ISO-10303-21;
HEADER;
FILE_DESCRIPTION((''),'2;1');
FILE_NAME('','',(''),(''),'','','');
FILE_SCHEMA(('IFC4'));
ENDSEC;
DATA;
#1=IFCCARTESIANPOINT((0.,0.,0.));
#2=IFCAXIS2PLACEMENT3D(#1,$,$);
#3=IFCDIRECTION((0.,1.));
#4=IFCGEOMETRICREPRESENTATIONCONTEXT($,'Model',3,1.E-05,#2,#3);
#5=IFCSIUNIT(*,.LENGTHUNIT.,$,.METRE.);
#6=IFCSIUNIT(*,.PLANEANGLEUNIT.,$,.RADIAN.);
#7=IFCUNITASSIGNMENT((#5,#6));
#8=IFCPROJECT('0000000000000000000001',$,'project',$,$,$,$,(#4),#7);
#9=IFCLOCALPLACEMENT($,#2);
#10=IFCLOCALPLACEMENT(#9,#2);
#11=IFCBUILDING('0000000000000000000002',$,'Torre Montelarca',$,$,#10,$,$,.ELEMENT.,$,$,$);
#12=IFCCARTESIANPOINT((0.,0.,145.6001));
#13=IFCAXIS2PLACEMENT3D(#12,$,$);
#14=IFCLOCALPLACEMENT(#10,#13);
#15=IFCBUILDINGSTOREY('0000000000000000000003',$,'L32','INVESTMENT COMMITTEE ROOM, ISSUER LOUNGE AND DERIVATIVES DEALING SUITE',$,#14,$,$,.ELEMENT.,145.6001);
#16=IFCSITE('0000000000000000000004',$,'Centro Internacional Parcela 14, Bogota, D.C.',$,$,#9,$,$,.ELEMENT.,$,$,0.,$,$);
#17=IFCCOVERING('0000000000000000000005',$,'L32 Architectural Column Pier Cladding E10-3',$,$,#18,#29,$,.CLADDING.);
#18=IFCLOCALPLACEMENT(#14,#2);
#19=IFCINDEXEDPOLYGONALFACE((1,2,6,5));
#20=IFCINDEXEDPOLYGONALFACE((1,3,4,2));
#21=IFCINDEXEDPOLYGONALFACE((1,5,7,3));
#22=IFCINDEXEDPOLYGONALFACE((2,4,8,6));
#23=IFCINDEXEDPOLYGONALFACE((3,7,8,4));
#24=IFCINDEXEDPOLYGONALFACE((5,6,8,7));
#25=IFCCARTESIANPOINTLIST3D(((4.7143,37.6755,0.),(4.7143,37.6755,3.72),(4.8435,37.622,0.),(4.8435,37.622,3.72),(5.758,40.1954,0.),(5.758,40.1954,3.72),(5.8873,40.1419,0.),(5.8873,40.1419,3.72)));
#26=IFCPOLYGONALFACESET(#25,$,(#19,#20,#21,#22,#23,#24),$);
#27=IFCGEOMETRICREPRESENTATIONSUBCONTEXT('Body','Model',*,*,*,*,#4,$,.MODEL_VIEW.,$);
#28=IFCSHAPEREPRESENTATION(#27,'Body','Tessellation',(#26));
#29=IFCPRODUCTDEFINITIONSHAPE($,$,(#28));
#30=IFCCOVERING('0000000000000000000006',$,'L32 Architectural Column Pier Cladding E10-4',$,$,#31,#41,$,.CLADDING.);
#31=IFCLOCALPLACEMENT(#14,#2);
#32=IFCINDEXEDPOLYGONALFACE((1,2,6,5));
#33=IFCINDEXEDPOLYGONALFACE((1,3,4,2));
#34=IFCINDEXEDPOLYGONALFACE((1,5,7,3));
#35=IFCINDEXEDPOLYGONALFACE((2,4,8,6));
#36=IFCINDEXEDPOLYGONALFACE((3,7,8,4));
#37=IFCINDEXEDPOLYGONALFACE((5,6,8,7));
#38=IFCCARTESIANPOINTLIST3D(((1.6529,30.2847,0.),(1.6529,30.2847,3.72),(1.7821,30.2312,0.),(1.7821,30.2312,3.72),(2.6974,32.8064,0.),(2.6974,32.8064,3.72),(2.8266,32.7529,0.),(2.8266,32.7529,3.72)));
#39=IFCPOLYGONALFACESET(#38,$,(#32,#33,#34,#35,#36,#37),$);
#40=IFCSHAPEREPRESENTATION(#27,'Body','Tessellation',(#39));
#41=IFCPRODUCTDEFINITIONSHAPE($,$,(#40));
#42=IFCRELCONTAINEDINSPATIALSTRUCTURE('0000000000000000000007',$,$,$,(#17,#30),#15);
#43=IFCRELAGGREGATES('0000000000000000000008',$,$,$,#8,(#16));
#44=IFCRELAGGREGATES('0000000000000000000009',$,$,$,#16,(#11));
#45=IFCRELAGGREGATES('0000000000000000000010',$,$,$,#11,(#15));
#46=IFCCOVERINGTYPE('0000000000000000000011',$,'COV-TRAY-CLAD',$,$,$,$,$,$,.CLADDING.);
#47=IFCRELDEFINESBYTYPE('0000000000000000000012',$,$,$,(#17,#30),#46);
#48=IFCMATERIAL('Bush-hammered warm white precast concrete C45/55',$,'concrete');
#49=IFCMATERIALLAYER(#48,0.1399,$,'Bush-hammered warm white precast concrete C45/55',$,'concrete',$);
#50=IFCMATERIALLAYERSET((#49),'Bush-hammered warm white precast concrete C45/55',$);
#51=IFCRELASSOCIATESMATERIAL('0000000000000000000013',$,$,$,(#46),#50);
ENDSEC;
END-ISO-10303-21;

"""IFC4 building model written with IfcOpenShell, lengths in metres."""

from ifc_helpers import new_model, si_unit, direction, frame, origin, origin_2d, place, context, subcontext, project, spatial, rectangle, extrude, source, transform, mapped, material, layer, layer_set, type_object, element, save


model = new_model("IFC4")

# Units and contexts
model_context = context("Model", 3, precision=1e-05, world=origin(), true_north=direction((0.0, 1.0)))
body_context = subcontext(model_context, "Body", "Model", "MODEL_VIEW")
ifc_project = project(units=[si_unit("LENGTHUNIT", "METRE"), si_unit("PLANEANGLEUNIT", "RADIAN")], contexts=[model_context])

# Site, building, storey
site_placement = place(None, origin())
site = spatial("IfcSite", under=ifc_project, at=site_placement, Name="Centro Internacional Parcela 14, Bogota, D.C.", CompositionType="ELEMENT", RefElevation=0.0)
building_placement = place(site_placement, origin())
building = spatial("IfcBuilding", under=site, at=building_placement, Name="Torre Montelarca", CompositionType="ELEMENT")
storey_placement = place(building_placement, frame((0.0, 0.0, 145.6001)))
storey = spatial("IfcBuildingStorey", under=building, at=storey_placement, Name="L32", Description="INVESTMENT COMMITTEE ROOM, ISSUER LOUNGE AND DERIVATIVES DEALING SUITE", CompositionType="ELEMENT", Elevation=145.6001)

# Coverings
ifc_material_1 = material(Name="Bush-hammered warm white precast concrete C45/55", Category="concrete")
ifc_layer_1 = layer(ifc_material_1, 0.1399, Name="Bush-hammered warm white precast concrete C45/55", Category="concrete")
ifc_layer_set_1 = layer_set([ifc_layer_1], Name="Bush-hammered warm white precast concrete C45/55")
covering_type = type_object("IfcCoveringType", Name="COV-TRAY-CLAD", PredefinedType="CLADDING", material=ifc_layer_set_1)
shared_shape_1 = source(origin(), body_context, "Body", "SweptSolid", [
    extrude(rectangle(XDim=2.7275, YDim=0.1399, at=origin_2d()), origin(), (0.0, 0.0, 1.0), 3.72),
])
covering_1_placement = place(storey_placement, frame((5.3008, 38.9087, 0.0), z_axis=(0.0, 0.0, 1.0), x_axis=(-0.38268, -0.923881, 0.0)))
element("IfcCovering", 1, at=covering_1_placement, inside=storey, type_object=covering_type, Name="L32 Architectural Column Pier Cladding E10-3", PredefinedType="CLADDING", context=body_context, shape_type="MappedRepresentation", body=[
    mapped(shared_shape_1, transform((0.0, 0.0, 0.0), scale=1.0)),
])
shared_shape_2 = source(origin(), body_context, "Body", "SweptSolid", [
    extrude(rectangle(XDim=2.7295, YDim=0.1399, at=origin_2d()), origin(), (0.0, 0.0, 1.0), 3.72),
])
covering_2_placement = place(storey_placement, frame((2.2397, 31.5188, 0.0), z_axis=(0.0, 0.0, 1.0), x_axis=(-0.38268, -0.923881, 0.0)))
element("IfcCovering", 2, at=covering_2_placement, inside=storey, type_object=covering_type, Name="L32 Architectural Column Pier Cladding E10-4", PredefinedType="CLADDING", context=body_context, shape_type="MappedRepresentation", body=[
    mapped(shared_shape_2, transform((0.0, 0.0, 0.0), scale=1.0)),
])

save(model, "model.ifc")
